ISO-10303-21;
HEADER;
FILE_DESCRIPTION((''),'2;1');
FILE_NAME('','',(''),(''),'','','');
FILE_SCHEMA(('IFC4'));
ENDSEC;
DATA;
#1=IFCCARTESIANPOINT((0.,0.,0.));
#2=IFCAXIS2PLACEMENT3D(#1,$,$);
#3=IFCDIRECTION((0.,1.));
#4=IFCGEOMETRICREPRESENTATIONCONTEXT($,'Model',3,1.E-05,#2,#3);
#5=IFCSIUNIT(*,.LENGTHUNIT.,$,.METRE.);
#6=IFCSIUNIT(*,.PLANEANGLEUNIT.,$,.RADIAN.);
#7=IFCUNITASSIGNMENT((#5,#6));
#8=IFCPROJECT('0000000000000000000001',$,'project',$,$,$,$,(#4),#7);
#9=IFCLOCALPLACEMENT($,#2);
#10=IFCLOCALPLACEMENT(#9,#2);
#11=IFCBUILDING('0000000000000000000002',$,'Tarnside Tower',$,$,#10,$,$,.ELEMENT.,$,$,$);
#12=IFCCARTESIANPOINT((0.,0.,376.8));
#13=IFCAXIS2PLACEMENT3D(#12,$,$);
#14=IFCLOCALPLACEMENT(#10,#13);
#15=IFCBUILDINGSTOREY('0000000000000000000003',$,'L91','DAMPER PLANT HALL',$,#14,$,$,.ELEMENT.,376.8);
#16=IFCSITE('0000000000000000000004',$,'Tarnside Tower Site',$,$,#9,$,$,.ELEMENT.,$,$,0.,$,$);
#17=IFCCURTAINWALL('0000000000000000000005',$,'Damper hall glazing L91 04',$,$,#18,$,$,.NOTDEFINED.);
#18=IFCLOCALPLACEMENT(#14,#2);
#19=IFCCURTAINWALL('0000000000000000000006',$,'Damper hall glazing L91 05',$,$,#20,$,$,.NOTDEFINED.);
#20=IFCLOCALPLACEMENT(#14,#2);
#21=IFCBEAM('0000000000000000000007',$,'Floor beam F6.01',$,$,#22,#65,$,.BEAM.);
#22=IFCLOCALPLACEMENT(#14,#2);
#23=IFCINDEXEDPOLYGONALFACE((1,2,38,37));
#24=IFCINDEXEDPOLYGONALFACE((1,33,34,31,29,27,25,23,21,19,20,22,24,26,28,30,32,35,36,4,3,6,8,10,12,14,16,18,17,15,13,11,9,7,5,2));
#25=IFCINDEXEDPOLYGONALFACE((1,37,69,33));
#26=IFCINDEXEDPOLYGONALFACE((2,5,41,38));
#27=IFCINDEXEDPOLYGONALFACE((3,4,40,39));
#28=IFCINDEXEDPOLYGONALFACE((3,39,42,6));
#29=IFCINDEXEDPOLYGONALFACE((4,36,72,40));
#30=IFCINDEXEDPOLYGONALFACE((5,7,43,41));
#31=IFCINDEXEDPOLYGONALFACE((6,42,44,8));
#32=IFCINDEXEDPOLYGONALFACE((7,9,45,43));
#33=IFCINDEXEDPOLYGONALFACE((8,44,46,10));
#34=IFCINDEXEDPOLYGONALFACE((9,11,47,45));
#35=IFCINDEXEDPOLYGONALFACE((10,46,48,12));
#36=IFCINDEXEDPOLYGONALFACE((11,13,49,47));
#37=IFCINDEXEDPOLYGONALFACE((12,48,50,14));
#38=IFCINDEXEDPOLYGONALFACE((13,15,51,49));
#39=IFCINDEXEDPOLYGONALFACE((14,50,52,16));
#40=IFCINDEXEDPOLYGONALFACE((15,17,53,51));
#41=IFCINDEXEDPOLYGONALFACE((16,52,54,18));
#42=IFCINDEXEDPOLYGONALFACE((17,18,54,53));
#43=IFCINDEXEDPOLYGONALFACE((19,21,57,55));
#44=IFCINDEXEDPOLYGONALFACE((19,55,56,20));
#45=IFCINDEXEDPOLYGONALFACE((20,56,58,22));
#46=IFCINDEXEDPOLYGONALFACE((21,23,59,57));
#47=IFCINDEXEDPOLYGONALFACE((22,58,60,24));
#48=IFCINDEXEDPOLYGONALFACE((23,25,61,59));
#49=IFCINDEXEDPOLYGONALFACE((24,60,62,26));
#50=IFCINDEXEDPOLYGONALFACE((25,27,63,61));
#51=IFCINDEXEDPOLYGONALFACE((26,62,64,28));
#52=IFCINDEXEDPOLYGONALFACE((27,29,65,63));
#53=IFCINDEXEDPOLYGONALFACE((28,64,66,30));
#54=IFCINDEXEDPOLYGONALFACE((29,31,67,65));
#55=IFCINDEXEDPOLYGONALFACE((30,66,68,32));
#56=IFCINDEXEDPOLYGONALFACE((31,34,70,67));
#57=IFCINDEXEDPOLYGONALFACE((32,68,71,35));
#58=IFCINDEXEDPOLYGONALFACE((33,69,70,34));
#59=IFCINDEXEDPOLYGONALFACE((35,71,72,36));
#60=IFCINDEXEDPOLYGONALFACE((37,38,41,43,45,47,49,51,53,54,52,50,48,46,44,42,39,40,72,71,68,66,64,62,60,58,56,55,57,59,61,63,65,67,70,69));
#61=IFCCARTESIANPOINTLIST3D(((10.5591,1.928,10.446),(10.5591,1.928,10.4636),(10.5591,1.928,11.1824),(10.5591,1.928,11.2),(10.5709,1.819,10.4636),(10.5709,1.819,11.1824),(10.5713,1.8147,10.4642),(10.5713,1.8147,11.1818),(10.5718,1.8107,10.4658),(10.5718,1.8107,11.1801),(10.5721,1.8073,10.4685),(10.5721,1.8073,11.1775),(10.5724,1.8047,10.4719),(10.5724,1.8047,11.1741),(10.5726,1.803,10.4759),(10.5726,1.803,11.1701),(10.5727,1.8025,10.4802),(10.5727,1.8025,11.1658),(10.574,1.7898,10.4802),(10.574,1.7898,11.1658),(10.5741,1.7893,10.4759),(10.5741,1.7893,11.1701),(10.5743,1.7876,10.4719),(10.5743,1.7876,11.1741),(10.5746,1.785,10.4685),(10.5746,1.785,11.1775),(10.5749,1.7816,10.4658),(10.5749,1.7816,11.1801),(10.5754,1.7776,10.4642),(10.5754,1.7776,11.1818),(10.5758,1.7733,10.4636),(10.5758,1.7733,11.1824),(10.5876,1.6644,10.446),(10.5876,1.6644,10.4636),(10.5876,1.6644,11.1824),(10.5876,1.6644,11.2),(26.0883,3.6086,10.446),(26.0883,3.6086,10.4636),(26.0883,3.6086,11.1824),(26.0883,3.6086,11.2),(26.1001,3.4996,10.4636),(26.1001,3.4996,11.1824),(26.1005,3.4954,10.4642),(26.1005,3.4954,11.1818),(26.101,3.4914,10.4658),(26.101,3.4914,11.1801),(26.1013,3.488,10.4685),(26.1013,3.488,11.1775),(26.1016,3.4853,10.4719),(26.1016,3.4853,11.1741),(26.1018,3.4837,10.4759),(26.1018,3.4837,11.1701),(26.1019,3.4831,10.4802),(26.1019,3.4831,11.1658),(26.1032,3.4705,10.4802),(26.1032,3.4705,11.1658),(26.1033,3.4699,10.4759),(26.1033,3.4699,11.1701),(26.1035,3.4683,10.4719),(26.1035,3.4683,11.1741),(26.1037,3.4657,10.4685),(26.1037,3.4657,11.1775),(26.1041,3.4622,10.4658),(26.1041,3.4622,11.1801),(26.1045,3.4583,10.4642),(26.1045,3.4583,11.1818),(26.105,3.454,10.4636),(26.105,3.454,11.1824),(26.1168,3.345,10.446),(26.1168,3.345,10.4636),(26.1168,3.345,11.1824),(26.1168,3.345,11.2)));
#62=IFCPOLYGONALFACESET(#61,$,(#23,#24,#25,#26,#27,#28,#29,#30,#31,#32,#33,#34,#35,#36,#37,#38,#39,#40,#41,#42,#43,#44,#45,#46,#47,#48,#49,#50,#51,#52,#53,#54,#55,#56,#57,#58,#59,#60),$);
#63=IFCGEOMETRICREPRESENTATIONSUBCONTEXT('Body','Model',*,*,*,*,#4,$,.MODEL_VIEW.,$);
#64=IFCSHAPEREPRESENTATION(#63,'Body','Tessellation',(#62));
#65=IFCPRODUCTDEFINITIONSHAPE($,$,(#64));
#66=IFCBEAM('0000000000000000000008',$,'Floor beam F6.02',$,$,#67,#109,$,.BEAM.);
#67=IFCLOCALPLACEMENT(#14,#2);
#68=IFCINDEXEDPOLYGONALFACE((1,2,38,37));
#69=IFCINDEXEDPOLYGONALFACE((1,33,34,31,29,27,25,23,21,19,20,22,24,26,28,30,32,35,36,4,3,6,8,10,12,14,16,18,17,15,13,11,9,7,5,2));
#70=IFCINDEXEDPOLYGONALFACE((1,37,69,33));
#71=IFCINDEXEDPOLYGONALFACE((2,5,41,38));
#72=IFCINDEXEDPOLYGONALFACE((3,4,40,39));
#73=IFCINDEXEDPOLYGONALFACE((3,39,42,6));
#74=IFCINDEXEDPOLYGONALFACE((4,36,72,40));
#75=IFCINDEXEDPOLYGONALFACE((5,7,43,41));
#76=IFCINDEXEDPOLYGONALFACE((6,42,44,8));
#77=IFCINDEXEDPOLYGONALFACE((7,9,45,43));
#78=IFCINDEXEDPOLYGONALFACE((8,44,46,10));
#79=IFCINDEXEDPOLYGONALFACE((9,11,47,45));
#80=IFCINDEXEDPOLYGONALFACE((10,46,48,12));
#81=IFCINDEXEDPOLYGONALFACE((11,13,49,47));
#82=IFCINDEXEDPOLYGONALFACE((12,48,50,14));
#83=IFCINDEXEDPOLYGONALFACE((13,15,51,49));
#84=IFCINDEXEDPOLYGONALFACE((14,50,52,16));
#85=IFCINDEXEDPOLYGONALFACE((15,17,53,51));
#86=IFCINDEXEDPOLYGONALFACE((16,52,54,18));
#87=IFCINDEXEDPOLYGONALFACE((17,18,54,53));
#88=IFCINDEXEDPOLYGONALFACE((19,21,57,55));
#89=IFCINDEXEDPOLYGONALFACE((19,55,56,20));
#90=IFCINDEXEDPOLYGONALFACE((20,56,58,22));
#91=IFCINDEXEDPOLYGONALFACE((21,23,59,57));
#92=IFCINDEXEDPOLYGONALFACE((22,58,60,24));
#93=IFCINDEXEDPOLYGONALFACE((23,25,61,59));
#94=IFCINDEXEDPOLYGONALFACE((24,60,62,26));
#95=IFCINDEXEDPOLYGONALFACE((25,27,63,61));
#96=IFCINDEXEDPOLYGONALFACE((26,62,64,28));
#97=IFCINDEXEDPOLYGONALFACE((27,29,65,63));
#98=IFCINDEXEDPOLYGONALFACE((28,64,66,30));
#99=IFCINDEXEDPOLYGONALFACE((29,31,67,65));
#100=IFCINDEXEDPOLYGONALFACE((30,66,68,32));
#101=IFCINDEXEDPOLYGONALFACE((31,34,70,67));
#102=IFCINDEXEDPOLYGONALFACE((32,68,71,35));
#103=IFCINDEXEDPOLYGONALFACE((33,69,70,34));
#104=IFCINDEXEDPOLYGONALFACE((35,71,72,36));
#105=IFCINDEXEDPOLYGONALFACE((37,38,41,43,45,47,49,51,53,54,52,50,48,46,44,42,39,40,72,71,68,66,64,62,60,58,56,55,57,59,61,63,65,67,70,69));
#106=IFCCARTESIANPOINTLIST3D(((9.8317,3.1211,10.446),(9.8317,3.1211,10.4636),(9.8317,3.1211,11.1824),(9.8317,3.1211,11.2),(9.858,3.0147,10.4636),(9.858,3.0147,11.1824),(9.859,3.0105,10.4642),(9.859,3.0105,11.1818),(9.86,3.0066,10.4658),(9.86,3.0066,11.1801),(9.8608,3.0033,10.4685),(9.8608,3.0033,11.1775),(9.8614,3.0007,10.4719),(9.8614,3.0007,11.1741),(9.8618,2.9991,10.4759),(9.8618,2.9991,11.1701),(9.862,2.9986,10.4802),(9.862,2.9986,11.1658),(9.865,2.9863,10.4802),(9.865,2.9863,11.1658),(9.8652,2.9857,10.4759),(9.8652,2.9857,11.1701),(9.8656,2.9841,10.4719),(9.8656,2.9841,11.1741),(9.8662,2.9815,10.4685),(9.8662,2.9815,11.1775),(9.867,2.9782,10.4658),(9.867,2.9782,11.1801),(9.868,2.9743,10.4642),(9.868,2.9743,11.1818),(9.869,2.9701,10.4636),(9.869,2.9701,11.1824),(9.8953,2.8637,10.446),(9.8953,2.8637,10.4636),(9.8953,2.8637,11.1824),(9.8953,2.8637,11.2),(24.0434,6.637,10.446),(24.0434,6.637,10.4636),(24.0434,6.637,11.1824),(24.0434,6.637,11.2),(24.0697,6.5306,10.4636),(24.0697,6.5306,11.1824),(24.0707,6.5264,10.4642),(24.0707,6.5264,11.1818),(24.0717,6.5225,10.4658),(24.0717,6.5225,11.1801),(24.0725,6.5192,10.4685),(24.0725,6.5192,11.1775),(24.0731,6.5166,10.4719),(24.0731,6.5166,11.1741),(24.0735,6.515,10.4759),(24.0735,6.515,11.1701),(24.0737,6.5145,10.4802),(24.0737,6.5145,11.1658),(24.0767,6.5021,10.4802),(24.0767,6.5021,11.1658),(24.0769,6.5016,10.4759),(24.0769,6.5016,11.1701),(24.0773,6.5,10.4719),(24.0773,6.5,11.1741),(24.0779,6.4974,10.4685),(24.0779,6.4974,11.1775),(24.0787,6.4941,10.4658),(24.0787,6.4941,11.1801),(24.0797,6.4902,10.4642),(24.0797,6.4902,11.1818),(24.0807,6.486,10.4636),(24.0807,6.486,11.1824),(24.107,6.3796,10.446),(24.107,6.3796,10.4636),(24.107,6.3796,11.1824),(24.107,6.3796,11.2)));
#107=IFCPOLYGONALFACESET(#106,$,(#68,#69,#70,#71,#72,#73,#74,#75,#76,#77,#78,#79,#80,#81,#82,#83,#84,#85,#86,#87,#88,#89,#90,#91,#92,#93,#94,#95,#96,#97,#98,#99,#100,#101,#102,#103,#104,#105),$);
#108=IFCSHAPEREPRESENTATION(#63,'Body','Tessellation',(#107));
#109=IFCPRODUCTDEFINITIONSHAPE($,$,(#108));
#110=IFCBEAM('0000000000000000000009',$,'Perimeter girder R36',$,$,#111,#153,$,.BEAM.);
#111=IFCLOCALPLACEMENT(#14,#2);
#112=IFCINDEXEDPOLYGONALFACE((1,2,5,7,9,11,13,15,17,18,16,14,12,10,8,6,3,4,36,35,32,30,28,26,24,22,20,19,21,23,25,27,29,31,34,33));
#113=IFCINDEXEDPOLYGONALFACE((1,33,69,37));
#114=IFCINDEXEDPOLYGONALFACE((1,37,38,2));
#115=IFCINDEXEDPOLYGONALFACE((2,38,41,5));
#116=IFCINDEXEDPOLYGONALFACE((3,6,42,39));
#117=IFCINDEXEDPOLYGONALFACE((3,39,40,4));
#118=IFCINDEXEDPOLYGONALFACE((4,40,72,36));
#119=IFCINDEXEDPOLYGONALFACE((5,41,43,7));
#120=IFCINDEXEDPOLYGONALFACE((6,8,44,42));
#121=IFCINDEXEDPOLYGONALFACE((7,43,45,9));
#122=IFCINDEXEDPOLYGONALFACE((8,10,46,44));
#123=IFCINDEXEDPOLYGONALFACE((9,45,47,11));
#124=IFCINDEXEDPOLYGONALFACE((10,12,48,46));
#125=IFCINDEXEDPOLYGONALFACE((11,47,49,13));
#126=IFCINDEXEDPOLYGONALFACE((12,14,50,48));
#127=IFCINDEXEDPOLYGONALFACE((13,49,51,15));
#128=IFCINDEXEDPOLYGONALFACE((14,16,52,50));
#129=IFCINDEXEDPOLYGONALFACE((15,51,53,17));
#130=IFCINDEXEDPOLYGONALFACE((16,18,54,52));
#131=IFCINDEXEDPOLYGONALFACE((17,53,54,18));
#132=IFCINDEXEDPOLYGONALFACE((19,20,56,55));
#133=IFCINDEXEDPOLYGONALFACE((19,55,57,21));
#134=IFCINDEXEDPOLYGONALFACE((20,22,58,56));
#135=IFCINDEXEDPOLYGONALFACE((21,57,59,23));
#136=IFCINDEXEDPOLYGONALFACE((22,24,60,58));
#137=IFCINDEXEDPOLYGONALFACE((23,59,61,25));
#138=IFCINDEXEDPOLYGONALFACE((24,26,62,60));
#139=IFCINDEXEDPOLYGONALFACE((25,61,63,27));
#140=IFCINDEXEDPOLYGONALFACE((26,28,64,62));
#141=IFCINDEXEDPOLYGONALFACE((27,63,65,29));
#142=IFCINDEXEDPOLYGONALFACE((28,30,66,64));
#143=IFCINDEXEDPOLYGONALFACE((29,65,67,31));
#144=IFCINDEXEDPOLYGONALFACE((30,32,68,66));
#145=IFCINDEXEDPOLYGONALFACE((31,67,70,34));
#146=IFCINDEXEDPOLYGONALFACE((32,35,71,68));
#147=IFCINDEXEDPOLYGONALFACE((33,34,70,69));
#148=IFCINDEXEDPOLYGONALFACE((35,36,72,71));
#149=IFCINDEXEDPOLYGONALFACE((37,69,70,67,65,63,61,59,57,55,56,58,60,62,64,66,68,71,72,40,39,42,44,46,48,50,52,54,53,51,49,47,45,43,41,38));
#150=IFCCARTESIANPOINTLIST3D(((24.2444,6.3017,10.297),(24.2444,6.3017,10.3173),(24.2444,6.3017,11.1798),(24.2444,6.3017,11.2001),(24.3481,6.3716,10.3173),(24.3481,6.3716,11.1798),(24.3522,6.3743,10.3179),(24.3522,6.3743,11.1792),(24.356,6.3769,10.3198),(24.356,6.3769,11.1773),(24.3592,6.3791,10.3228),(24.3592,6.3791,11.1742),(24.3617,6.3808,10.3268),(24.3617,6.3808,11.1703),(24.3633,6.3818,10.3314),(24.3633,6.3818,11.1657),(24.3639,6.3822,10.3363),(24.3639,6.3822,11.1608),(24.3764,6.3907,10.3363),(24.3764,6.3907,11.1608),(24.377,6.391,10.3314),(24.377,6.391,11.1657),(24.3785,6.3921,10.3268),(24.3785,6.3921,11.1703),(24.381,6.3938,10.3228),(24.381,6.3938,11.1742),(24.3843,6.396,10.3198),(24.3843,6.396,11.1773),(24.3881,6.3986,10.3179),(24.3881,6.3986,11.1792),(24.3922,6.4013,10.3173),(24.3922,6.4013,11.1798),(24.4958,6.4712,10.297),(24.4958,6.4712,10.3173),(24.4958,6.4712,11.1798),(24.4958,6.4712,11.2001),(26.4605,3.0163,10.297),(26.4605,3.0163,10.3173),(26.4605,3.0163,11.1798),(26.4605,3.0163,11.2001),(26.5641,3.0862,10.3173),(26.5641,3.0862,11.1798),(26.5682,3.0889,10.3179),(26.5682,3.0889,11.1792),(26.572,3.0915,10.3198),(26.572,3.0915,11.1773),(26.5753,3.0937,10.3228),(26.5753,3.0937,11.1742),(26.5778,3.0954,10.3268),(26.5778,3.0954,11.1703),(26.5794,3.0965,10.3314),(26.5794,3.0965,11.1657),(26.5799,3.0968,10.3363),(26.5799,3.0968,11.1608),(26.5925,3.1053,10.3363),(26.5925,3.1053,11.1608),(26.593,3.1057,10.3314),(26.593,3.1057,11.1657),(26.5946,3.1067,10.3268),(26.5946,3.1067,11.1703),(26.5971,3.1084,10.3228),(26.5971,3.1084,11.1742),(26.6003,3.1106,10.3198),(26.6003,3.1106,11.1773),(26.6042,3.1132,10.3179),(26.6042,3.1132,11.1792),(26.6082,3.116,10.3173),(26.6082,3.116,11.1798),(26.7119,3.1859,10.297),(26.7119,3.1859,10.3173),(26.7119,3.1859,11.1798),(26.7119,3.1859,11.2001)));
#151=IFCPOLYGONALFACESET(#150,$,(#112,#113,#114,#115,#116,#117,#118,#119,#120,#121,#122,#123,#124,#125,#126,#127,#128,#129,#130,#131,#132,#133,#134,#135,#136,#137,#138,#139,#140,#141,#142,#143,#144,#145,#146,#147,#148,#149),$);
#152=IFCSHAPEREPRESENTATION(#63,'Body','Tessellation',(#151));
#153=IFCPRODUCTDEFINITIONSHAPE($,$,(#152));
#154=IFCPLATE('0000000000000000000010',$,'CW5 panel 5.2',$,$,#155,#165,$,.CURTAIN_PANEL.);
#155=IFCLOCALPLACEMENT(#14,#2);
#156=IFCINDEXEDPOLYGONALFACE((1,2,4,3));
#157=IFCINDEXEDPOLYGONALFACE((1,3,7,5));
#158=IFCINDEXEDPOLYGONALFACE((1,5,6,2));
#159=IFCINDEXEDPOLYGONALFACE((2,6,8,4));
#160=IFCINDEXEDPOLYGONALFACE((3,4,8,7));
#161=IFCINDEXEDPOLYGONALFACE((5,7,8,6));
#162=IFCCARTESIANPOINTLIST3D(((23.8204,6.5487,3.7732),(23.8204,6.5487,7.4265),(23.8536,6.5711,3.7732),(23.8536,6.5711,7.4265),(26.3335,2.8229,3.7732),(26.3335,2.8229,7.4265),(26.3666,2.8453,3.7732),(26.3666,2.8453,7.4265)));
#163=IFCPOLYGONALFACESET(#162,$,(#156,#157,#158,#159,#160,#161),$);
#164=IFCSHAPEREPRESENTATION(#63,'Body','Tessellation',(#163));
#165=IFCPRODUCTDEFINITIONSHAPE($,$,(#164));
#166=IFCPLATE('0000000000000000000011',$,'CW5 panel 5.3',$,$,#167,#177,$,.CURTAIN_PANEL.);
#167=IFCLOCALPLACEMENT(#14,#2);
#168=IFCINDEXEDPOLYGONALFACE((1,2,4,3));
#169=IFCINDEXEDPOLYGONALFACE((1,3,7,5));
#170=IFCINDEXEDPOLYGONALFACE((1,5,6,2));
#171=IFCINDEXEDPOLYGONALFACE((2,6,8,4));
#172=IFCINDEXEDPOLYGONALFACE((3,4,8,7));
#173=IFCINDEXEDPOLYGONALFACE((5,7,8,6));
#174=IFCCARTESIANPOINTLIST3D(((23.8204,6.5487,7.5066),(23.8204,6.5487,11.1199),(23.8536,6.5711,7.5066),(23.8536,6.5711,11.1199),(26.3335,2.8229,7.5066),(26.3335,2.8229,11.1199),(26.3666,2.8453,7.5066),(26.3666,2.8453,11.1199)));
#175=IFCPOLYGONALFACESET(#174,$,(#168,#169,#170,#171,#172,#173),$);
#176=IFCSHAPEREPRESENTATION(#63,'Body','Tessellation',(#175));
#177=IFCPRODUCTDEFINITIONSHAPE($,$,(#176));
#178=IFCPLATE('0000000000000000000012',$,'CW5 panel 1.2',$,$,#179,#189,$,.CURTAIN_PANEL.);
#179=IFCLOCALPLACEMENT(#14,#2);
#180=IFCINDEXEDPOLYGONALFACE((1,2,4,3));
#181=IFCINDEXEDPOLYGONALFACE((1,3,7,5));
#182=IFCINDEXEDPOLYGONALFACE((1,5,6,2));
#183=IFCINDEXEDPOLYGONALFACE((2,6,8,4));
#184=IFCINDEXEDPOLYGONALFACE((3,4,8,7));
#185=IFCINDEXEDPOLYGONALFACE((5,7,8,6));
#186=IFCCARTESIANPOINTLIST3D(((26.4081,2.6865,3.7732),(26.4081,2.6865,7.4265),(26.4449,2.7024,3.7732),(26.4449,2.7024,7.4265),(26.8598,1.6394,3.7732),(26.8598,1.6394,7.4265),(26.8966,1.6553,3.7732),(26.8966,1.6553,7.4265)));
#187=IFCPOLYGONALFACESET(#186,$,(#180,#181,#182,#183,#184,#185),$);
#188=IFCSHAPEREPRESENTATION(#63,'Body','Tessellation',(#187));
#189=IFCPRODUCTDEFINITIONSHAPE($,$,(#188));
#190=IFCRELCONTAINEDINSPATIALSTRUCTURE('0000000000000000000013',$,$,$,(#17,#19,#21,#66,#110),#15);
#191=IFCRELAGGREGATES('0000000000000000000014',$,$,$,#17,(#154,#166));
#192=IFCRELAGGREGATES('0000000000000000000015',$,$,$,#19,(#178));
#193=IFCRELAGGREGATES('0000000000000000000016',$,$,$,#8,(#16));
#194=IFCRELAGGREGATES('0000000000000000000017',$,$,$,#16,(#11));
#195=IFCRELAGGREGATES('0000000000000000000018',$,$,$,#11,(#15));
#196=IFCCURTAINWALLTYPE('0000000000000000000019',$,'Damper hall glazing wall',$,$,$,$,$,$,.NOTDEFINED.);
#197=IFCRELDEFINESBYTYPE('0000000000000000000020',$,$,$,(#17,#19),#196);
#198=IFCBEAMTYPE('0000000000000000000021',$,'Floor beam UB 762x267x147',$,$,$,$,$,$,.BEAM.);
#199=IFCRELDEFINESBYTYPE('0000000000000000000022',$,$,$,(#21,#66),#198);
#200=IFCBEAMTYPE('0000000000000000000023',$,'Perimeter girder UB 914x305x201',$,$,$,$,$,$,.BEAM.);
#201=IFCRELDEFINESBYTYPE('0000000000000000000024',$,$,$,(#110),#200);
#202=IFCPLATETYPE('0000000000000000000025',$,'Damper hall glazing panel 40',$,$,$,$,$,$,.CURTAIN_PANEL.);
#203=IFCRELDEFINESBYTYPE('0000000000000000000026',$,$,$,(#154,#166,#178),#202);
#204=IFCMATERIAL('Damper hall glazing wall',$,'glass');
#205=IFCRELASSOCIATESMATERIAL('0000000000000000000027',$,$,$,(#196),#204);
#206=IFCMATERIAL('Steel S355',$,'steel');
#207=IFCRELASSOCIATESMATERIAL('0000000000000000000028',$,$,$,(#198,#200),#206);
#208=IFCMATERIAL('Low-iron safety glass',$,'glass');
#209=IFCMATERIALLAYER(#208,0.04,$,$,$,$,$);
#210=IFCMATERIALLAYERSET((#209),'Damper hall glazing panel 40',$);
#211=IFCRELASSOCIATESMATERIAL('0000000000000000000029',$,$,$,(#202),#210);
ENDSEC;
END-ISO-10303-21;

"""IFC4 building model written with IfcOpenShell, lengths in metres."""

from ifc_helpers import new_model, si_unit, direction, frame, origin, origin_2d, place, context, subcontext, project, spatial, rectangle, i_section, extrude, material, layer, layer_set, material_profile, profile_set, type_object, element, aggregate, save


model = new_model("IFC4")

# Units and contexts
model_context = context("Model", 3, precision=1e-05, world=origin(), true_north=direction((0.0, 1.0)))
body_context = subcontext(model_context, "Body", "Model", "MODEL_VIEW")
ifc_project = project(units=[si_unit("LENGTHUNIT", "METRE"), si_unit("PLANEANGLEUNIT", "RADIAN")], contexts=[model_context])

# Site, building, storey
site_placement = place(None, origin())
site = spatial("IfcSite", under=ifc_project, at=site_placement, Name="Tarnside Tower Site", CompositionType="ELEMENT", RefElevation=0.0)
building_placement = place(site_placement, origin())
building = spatial("IfcBuilding", under=site, at=building_placement, Name="Tarnside Tower", CompositionType="ELEMENT")
storey_placement = place(building_placement, frame((0.0, 0.0, 376.8)))
storey = spatial("IfcBuildingStorey", under=building, at=storey_placement, Name="L91", Description="DAMPER PLANT HALL", CompositionType="ELEMENT", Elevation=376.8)

# Curtain walls
ifc_material_1 = material(Name="Damper hall glazing wall", Category="glass")
curtain_wall_type = type_object("IfcCurtainWallType", Name="Damper hall glazing wall", PredefinedType="NOTDEFINED", material=ifc_material_1)
curtain_wall_1_placement = place(storey_placement, origin())
curtain_wall_1 = element("IfcCurtainWall", 1, at=curtain_wall_1_placement, inside=storey, type_object=curtain_wall_type, Name="Damper hall glazing L91 04", PredefinedType="NOTDEFINED")
curtain_wall_2_placement = place(storey_placement, origin())
curtain_wall_2 = element("IfcCurtainWall", 2, at=curtain_wall_2_placement, inside=storey, type_object=curtain_wall_type, Name="Damper hall glazing L91 05", PredefinedType="NOTDEFINED")

# Beams
ifc_material_2 = material(Name="Steel S355", Category="steel")
ifc_material_profile_1 = material_profile(ifc_material_2, i_section(OverallWidth=0.2651, OverallDepth=0.7539, WebThickness=0.0127, FlangeThickness=0.0176, FilletRadius=0.0166, at=origin_2d()), Name="UB 762x267x147")
ifc_profile_set_1 = profile_set([ifc_material_profile_1], Name="Steel S355")
beam_type_1 = type_object("IfcBeamType", Name="Floor beam UB 762x267x147", PredefinedType="BEAM", material=ifc_profile_set_1)
beam_1_placement = place(storey_placement, frame((26.1025, 3.4768, 10.823), z_axis=(-0.994195, -0.107597, 0.0), x_axis=(0.107597, -0.994195, 0.0)))
element("IfcBeam", 3, at=beam_1_placement, inside=storey, type_object=beam_type_1, Name="Floor beam F6.01", PredefinedType="BEAM", context=body_context, shape_type="SweptSolid", body=[
    extrude(i_section(OverallWidth=0.2651, OverallDepth=0.7539, WebThickness=0.0127, FlangeThickness=0.0176, FilletRadius=0.0166, at=origin_2d()), origin(), (0.0, 0.0, 1.0), 15.6199),
])
beam_2_placement = place(storey_placement, frame((24.0752, 6.5083, 10.823), z_axis=(-0.970735, -0.240153, 0.0), x_axis=(0.240153, -0.970735, 0.0)))
element("IfcBeam", 4, at=beam_2_placement, inside=storey, type_object=beam_type_1, Name="Floor beam F6.02", PredefinedType="BEAM", context=body_context, shape_type="SweptSolid", body=[
    extrude(i_section(OverallWidth=0.2651, OverallDepth=0.7539, WebThickness=0.0127, FlangeThickness=0.0176, FilletRadius=0.0166, at=origin_2d()), origin(), (0.0, 0.0, 1.0), 14.6401),
])
ifc_material_profile_2 = material_profile(ifc_material_2, i_section(OverallWidth=0.3032, OverallDepth=0.9031, WebThickness=0.0151, FlangeThickness=0.0203, FilletRadius=0.019, at=origin_2d()), Name="UB 914x305x201")
ifc_profile_set_2 = profile_set([ifc_material_profile_2], Name="Steel S355")
beam_type_2 = type_object("IfcBeamType", Name="Perimeter girder UB 914x305x201", PredefinedType="BEAM", material=ifc_profile_set_2)
beam_3_placement = place(storey_placement, frame((26.5862, 3.1011, 10.7485), z_axis=(-0.559199, 0.829034, 0.0), x_axis=(-0.829034, -0.559199, 0.0)))
element("IfcBeam", 5, at=beam_3_placement, inside=storey, type_object=beam_type_2, Name="Perimeter girder R36", PredefinedType="BEAM", context=body_context, shape_type="SweptSolid", body=[
    extrude(i_section(OverallWidth=0.3032, OverallDepth=0.9031, WebThickness=0.0151, FlangeThickness=0.0203, FilletRadius=0.019, at=origin_2d()), origin(), (0.0, 0.0, 1.0), 3.9629),
])

# Plates
ifc_material_3 = material(Name="Low-iron safety glass", Category="glass")
ifc_layer = layer(ifc_material_3, 0.04)
ifc_layer_set = layer_set([ifc_layer], Name="Damper hall glazing panel 40")
plate_type = type_object("IfcPlateType", Name="Damper hall glazing panel 40", PredefinedType="CURTAIN_PANEL", material=ifc_layer_set)
plate_1_placement = place(storey_placement, frame((25.0935, 4.697, 3.7732), z_axis=(0.0, 0.0, 1.0), x_axis=(0.559193, -0.829038, 0.0)))
plate_1 = element("IfcPlate", 6, at=plate_1_placement, type_object=plate_type, Name="CW5 panel 5.2", PredefinedType="CURTAIN_PANEL", context=body_context, shape_type="SweptSolid", body=[
    extrude(rectangle(XDim=4.4941, YDim=0.04, at=origin_2d()), origin(), (0.0, 0.0, 1.0), 3.6533),
])
plate_2_placement = place(storey_placement, frame((25.0935, 4.697, 7.5066), z_axis=(0.0, 0.0, 1.0), x_axis=(0.559193, -0.829038, 0.0)))
plate_2 = element("IfcPlate", 7, at=plate_2_placement, type_object=plate_type, Name="CW5 panel 5.3", PredefinedType="CURTAIN_PANEL", context=body_context, shape_type="SweptSolid", body=[
    extrude(rectangle(XDim=4.4941, YDim=0.04, at=origin_2d()), origin(), (0.0, 0.0, 1.0), 3.6133),
])
aggregate(curtain_wall_1, [plate_1, plate_2])
plate_3_placement = place(storey_placement, frame((26.6523, 2.1709, 3.7732), z_axis=(0.0, 0.0, 1.0), x_axis=(0.39608, -0.918216, 0.0)))
plate_3 = element("IfcPlate", 8, at=plate_3_placement, type_object=plate_type, Name="CW5 panel 1.2", PredefinedType="CURTAIN_PANEL", context=body_context, shape_type="SweptSolid", body=[
    extrude(rectangle(XDim=1.1404, YDim=0.04, at=origin_2d()), origin(), (0.0, 0.0, 1.0), 3.6533),
])
aggregate(curtain_wall_2, [plate_3])

save(model, "model.ifc")
